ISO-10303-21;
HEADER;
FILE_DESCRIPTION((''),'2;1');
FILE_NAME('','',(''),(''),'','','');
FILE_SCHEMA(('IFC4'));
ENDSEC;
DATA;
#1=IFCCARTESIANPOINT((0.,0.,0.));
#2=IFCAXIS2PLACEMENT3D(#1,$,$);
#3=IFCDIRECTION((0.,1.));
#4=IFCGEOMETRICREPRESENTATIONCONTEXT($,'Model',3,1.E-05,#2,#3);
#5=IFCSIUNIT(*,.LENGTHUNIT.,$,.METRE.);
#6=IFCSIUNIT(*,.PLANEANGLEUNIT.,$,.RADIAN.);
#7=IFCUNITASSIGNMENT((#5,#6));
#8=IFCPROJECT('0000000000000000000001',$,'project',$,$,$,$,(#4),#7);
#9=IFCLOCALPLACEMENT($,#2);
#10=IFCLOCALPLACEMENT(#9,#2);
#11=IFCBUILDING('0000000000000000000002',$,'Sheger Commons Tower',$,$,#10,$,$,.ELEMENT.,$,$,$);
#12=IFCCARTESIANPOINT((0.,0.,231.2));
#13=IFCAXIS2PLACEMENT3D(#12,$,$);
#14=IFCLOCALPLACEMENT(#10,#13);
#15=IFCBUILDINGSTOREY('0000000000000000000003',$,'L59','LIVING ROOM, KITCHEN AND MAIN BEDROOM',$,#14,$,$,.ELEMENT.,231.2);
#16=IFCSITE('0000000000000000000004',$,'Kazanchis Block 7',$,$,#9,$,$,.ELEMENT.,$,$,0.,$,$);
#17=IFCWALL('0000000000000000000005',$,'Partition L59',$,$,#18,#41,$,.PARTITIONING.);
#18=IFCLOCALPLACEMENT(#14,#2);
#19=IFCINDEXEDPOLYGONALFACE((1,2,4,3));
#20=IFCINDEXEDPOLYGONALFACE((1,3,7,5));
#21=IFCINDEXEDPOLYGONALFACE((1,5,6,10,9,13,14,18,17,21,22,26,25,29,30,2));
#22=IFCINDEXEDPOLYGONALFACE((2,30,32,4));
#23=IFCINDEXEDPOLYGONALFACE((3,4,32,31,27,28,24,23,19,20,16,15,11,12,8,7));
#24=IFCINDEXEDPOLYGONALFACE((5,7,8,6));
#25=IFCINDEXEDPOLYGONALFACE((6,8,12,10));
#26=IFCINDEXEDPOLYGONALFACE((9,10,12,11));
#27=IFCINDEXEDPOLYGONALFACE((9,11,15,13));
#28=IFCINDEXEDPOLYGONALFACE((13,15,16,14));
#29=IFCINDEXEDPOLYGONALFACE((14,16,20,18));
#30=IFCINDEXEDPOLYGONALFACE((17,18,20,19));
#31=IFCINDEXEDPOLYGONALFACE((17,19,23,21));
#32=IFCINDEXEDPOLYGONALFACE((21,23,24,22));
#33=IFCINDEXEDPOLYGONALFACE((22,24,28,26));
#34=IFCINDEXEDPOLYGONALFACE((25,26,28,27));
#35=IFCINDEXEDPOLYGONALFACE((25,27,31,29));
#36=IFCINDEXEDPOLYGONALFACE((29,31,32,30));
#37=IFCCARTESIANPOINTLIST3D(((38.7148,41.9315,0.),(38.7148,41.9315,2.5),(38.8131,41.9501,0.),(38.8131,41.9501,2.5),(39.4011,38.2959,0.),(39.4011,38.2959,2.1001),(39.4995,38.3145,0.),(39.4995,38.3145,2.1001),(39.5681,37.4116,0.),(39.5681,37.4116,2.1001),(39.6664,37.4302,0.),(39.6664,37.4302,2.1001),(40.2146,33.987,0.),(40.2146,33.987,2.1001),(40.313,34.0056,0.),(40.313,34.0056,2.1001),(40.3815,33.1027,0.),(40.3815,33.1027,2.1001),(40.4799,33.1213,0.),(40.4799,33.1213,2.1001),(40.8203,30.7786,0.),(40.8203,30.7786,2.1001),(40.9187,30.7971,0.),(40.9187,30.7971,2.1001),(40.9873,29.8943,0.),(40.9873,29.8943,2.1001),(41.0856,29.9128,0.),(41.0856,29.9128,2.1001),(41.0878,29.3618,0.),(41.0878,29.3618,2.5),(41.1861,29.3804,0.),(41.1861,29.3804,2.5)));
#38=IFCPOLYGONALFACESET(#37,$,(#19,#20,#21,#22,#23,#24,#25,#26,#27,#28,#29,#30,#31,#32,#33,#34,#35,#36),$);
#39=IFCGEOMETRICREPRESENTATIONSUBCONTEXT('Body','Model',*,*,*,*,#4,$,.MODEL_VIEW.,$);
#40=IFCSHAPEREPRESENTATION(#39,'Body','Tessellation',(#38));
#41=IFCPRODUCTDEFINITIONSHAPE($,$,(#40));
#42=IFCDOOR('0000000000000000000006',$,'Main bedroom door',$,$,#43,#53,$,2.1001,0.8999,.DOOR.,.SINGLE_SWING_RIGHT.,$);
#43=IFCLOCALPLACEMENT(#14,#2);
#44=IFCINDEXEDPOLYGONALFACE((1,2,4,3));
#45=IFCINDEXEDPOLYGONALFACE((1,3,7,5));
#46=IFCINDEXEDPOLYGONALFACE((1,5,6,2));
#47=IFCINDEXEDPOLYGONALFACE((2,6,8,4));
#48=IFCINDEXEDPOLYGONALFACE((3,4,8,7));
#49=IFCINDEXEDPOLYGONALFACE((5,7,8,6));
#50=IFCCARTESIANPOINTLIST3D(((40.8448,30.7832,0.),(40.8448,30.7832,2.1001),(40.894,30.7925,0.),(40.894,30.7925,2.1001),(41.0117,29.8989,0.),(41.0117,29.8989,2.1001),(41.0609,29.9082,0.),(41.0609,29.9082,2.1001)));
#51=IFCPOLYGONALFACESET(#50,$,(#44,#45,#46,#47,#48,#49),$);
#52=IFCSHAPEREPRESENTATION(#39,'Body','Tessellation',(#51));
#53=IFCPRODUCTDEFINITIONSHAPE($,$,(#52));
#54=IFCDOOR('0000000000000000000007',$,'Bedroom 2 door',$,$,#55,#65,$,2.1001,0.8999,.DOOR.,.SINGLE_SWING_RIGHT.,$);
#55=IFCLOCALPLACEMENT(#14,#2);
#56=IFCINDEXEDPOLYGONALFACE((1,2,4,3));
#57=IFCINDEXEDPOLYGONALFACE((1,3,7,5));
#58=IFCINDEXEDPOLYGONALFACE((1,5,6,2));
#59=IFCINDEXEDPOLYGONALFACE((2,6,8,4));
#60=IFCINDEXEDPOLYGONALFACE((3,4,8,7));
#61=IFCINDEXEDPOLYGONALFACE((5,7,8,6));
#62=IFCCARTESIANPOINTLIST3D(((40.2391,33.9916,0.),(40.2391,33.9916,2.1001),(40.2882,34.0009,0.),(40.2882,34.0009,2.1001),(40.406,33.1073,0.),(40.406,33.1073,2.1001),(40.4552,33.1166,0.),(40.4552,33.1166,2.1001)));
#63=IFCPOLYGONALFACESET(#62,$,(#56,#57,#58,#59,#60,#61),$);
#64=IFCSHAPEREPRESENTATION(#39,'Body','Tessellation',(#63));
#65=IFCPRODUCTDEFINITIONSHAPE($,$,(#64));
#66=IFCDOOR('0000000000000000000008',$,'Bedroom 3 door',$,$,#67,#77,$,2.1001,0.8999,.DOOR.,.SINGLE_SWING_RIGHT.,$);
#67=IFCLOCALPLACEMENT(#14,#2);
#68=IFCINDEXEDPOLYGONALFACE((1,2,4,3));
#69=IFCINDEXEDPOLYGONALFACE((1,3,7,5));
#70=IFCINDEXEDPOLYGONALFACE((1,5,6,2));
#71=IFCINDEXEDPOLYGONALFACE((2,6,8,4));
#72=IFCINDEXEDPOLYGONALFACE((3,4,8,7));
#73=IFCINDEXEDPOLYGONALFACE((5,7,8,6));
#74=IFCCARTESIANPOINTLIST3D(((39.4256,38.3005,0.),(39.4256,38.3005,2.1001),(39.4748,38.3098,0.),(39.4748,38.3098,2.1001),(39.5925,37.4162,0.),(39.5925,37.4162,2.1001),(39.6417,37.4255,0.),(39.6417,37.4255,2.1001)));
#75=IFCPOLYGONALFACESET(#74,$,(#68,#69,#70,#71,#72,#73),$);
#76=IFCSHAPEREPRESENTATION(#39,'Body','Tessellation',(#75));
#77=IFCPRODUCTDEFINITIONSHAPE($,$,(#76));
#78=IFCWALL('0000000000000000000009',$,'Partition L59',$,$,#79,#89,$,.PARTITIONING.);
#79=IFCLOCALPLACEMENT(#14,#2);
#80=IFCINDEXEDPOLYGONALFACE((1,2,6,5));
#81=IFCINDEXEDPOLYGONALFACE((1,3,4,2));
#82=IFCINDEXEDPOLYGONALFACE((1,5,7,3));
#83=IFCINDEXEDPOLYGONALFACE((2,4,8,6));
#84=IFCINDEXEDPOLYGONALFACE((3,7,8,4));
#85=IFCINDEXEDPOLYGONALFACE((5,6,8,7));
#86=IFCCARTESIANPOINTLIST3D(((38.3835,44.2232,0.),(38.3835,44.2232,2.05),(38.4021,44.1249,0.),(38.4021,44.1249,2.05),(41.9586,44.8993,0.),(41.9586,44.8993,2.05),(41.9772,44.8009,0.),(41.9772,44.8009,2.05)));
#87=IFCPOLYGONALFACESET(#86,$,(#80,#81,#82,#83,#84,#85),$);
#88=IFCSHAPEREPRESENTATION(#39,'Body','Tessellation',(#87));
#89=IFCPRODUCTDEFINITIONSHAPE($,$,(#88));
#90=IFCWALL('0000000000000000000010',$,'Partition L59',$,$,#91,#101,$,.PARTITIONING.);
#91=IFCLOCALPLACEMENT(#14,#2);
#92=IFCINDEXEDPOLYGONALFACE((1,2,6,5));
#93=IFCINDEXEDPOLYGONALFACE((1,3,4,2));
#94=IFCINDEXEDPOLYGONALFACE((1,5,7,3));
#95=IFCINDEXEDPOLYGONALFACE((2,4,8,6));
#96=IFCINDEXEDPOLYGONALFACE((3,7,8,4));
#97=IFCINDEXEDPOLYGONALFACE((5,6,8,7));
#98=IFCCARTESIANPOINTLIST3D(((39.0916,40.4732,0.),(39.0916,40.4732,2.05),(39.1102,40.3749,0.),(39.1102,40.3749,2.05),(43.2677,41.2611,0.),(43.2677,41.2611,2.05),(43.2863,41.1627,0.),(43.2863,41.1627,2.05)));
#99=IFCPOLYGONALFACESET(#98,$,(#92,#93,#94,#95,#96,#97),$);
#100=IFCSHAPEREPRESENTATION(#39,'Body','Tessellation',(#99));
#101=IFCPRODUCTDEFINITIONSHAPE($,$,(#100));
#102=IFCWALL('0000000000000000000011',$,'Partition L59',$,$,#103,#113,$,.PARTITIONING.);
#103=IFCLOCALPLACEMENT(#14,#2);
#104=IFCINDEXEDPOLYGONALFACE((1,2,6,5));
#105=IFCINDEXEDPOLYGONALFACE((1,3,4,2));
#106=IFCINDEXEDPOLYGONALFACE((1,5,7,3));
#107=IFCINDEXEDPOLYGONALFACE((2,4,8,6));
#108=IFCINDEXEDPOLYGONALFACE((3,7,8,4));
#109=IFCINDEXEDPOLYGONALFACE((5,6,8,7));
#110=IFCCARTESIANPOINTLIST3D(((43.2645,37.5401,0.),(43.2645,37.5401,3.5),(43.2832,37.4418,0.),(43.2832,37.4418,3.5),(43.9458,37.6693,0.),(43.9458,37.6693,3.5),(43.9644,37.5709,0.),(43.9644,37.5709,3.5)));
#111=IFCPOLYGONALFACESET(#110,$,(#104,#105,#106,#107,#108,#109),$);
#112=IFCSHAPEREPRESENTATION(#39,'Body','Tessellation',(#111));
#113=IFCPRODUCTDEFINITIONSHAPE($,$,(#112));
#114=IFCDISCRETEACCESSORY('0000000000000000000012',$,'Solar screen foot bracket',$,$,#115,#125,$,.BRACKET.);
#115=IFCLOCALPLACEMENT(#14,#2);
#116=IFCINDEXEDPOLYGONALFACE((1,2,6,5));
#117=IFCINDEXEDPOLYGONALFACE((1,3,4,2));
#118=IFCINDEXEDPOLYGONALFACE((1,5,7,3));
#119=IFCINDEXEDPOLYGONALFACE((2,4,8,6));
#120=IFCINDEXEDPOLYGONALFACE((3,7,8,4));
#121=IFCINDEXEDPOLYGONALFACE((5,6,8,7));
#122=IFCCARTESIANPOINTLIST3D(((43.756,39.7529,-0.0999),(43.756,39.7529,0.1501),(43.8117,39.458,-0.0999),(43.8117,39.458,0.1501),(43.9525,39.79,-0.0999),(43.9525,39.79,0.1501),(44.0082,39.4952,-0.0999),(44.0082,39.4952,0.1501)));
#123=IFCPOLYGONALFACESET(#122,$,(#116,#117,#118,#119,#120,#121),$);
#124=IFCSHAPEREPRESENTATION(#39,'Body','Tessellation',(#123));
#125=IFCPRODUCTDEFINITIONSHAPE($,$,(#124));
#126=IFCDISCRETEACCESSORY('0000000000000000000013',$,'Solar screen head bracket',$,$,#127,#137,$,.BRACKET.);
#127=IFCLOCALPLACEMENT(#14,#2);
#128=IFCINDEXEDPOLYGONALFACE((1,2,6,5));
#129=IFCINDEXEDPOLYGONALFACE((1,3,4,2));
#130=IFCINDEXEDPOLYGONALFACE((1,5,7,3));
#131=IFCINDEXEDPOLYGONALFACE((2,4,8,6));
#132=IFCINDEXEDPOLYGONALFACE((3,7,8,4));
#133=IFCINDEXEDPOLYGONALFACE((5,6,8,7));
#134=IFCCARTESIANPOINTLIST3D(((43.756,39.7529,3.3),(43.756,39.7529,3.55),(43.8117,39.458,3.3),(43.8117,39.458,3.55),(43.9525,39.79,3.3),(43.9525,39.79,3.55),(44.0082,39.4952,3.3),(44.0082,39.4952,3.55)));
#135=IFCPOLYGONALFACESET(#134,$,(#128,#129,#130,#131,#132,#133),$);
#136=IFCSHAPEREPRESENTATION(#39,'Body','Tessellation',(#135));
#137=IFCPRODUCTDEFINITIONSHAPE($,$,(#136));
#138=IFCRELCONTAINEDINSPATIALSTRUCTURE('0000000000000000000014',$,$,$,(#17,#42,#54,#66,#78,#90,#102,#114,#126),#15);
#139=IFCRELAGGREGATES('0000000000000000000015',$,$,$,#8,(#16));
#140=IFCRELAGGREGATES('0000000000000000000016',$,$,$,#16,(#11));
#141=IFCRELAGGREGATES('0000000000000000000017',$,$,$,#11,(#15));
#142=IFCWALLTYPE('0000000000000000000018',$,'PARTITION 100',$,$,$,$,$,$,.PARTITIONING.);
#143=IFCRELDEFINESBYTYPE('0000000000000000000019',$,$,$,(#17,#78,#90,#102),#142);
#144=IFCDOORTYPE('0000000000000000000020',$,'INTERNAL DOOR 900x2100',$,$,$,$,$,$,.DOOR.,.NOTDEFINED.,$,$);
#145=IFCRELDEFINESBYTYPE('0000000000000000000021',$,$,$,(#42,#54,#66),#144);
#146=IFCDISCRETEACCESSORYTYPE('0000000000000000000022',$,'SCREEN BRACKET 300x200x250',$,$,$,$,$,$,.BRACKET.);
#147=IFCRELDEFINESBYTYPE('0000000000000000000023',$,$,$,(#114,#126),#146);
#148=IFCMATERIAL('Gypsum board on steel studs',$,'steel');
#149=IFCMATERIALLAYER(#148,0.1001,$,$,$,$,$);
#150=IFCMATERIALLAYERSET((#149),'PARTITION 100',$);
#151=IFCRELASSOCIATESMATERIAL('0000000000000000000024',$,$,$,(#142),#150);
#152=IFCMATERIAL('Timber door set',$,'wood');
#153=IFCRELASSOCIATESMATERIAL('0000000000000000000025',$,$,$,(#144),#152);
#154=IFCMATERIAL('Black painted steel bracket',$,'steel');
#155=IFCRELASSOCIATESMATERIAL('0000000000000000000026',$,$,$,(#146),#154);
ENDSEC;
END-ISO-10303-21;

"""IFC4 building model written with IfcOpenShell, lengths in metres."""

from ifc_helpers import new_model, si_unit, direction, frame, frame_2d, origin, origin_2d, place, context, subcontext, project, spatial, rectangle, extrude, material, layer, layer_set, type_object, element, fill, save


model = new_model("IFC4")

# Units and contexts
model_context = context("Model", 3, precision=1e-05, world=origin(), true_north=direction((0.0, 1.0)))
body_context = subcontext(model_context, "Body", "Model", "MODEL_VIEW")
ifc_project = project(units=[si_unit("LENGTHUNIT", "METRE"), si_unit("PLANEANGLEUNIT", "RADIAN")], contexts=[model_context])

# Site, building, storey
site_placement = place(None, origin())
site = spatial("IfcSite", under=ifc_project, at=site_placement, Name="Kazanchis Block 7", CompositionType="ELEMENT", RefElevation=0.0)
building_placement = place(site_placement, origin())
building = spatial("IfcBuilding", under=site, at=building_placement, Name="Sheger Commons Tower", CompositionType="ELEMENT")
storey_placement = place(building_placement, frame((0.0, 0.0, 231.2)))
storey = spatial("IfcBuildingStorey", under=building, at=storey_placement, Name="L59", Description="LIVING ROOM, KITCHEN AND MAIN BEDROOM", CompositionType="ELEMENT", Elevation=231.2)

# Shared definitions
ifc_material_1 = material(Name="Gypsum board on steel studs", Category="steel")
ifc_layer_1 = layer(ifc_material_1, 0.1001)
ifc_layer_set_1 = layer_set([ifc_layer_1], Name="PARTITION 100")
wall_type_1 = type_object("IfcWallType", Name="PARTITION 100", PredefinedType="PARTITIONING", material=ifc_layer_set_1)

# Wall, openings, doors
wall_1_placement = place(storey_placement, frame((38.7639, 41.9409, 0.0), z_axis=(0.0, 0.0, 1.0), x_axis=(0.185512, -0.982642, 0.0)))
wall_1 = element("IfcWall", 1, at=wall_1_placement, inside=storey, type_object=wall_type_1, Name="Partition L59", PredefinedType="PARTITIONING", context=body_context, shape_type="SweptSolid", body=[
    extrude(rectangle(XDim=12.7917, YDim=0.1001, at=frame_2d((6.396, 0.0))), origin(), (0.0, 0.0, 1.0), 2.5),
])
opening_1_placement = place(wall_1_placement, frame((11.3501, 0.0, 0.0)))
opening_1 = element("IfcOpeningElement", 2, at=opening_1_placement, cuts=wall_1, PredefinedType="OPENING", context=body_context, shape_type="SweptSolid", body=[
    extrude(rectangle(XDim=0.8999, YDim=2.1001, at=frame_2d((0.45, 1.05))), frame((0.0, 0.0601, 0.0), z_axis=(0.0, -1.0, 0.0), x_axis=(1.0, 0.0, 0.0)), (0.0, 0.0, 1.0), 0.1201),
])
opening_2_placement = place(wall_1_placement, frame((8.085, 0.0, 0.0)))
opening_2 = element("IfcOpeningElement", 3, at=opening_2_placement, cuts=wall_1, PredefinedType="OPENING", context=body_context, shape_type="SweptSolid", body=[
    extrude(rectangle(XDim=0.8999, YDim=2.1001, at=frame_2d((0.45, 1.05))), frame((0.0, 0.0601, 0.0), z_axis=(0.0, -1.0, 0.0), x_axis=(1.0, 0.0, 0.0)), (0.0, 0.0, 1.0), 0.1201),
])
opening_3_placement = place(wall_1_placement, frame((3.7, 0.0, 0.0)))
opening_3 = element("IfcOpeningElement", 4, at=opening_3_placement, cuts=wall_1, PredefinedType="OPENING", context=body_context, shape_type="SweptSolid", body=[
    extrude(rectangle(XDim=0.8999, YDim=2.1001, at=frame_2d((0.45, 1.05))), frame((0.0, 0.0601, 0.0), z_axis=(0.0, -1.0, 0.0), x_axis=(1.0, 0.0, 0.0)), (0.0, 0.0, 1.0), 0.1201),
])
ifc_material_2 = material(Name="Timber door set", Category="wood")
door_type = type_object("IfcDoorType", Name="INTERNAL DOOR 900x2100", OperationType="NOTDEFINED", PredefinedType="DOOR", material=ifc_material_2)
door_1_placement = place(opening_1_placement, origin())
door_1 = element("IfcDoor", 5, at=door_1_placement, inside=storey, type_object=door_type, Name="Main bedroom door", OperationType="SINGLE_SWING_RIGHT", OverallHeight=2.1001, OverallWidth=0.8999, PredefinedType="DOOR", context=body_context, shape_type="SweptSolid", body=[
    extrude(rectangle(XDim=0.8999, YDim=2.1001, at=frame_2d((0.45, 1.05))), frame((0.0, 0.0249, 0.0), z_axis=(0.0, -1.0, 0.0), x_axis=(1.0, 0.0, 0.0)), (0.0, 0.0, 1.0), 0.05),
])
fill(opening_1, door_1)
door_2_placement = place(opening_2_placement, origin())
door_2 = element("IfcDoor", 6, at=door_2_placement, inside=storey, type_object=door_type, Name="Bedroom 2 door", OperationType="SINGLE_SWING_RIGHT", OverallHeight=2.1001, OverallWidth=0.8999, PredefinedType="DOOR", context=body_context, shape_type="SweptSolid", body=[
    extrude(rectangle(XDim=0.8999, YDim=2.1001, at=frame_2d((0.45, 1.05))), frame((0.0, 0.0249, 0.0), z_axis=(0.0, -1.0, 0.0), x_axis=(1.0, 0.0, 0.0)), (0.0, 0.0, 1.0), 0.05),
])
fill(opening_2, door_2)
door_3_placement = place(opening_3_placement, origin())
door_3 = element("IfcDoor", 7, at=door_3_placement, inside=storey, type_object=door_type, Name="Bedroom 3 door", OperationType="SINGLE_SWING_RIGHT", OverallHeight=2.1001, OverallWidth=0.8999, PredefinedType="DOOR", context=body_context, shape_type="SweptSolid", body=[
    extrude(rectangle(XDim=0.8999, YDim=2.1001, at=frame_2d((0.45, 1.05))), frame((0.0, 0.0249, 0.0), z_axis=(0.0, -1.0, 0.0), x_axis=(1.0, 0.0, 0.0)), (0.0, 0.0, 1.0), 0.05),
])
fill(opening_3, door_3)

# Walls
wall_2_placement = place(storey_placement, frame((41.968, 44.8501, 0.0), z_axis=(0.0, 0.0, 1.0), x_axis=(-0.982586, -0.185808, 0.0)))
element("IfcWall", 8, at=wall_2_placement, inside=storey, type_object=wall_type_1, Name="Partition L59", PredefinedType="PARTITIONING", context=body_context, shape_type="SweptSolid", body=[
    extrude(rectangle(XDim=3.6384, YDim=0.1001, at=frame_2d((1.8193, 0.0))), origin(), (0.0, 0.0, 1.0), 2.05),
])
wall_3_placement = place(storey_placement, frame((43.2771, 41.2119, 0.0), z_axis=(0.0, 0.0, 1.0), x_axis=(-0.982665, -0.185388, 0.0)))
element("IfcWall", 9, at=wall_3_placement, inside=storey, type_object=wall_type_1, Name="Partition L59", PredefinedType="PARTITIONING", context=body_context, shape_type="SweptSolid", body=[
    extrude(rectangle(XDim=4.2498, YDim=0.1001, at=frame_2d((2.125, 0.0))), origin(), (0.0, 0.0, 1.0), 2.05),
])
wall_4_placement = place(storey_placement, frame((43.9551, 37.6201, 0.0), z_axis=(0.0, 0.0, 1.0), x_axis=(-0.982495, -0.186287, 0.0)))
element("IfcWall", 10, at=wall_4_placement, inside=storey, type_object=wall_type_1, Name="Partition L59", PredefinedType="PARTITIONING", context=body_context, shape_type="SweptSolid", body=[
    extrude(rectangle(XDim=0.6934, YDim=0.1001, at=frame_2d((0.3467, 0.0))), origin(), (0.0, 0.0, 1.0), 3.5),
])

# Discrete accessories
ifc_material_3 = material(Name="Black painted steel bracket", Category="steel")
discrete_accessory_type = type_object("IfcDiscreteAccessoryType", Name="SCREEN BRACKET 300x200x250", PredefinedType="BRACKET", material=ifc_material_3)
for number, where, z_axis, x_axis, name in (
    (11, (43.8821, 39.624, -0.0999), (0.0, 0.0, 1.0), (-0.185615, 0.982623, 0.0), "Solar screen foot bracket"),
    (12, (43.8821, 39.624, 3.3), (0.0, 0.0, 1.0), (-0.185615, 0.982623, 0.0), "Solar screen head bracket"),
):
    element("IfcDiscreteAccessory", number, at=place(storey_placement, frame(where, z_axis=z_axis, x_axis=x_axis)), inside=storey, type_object=discrete_accessory_type, Name=name, PredefinedType="BRACKET", context=body_context, shape_type="SweptSolid", body=[
        extrude(rectangle(XDim=0.3, YDim=0.2, at=origin_2d()), origin(), (0.0, 0.0, 1.0), 0.25),
    ])

save(model, "model.ifc")
